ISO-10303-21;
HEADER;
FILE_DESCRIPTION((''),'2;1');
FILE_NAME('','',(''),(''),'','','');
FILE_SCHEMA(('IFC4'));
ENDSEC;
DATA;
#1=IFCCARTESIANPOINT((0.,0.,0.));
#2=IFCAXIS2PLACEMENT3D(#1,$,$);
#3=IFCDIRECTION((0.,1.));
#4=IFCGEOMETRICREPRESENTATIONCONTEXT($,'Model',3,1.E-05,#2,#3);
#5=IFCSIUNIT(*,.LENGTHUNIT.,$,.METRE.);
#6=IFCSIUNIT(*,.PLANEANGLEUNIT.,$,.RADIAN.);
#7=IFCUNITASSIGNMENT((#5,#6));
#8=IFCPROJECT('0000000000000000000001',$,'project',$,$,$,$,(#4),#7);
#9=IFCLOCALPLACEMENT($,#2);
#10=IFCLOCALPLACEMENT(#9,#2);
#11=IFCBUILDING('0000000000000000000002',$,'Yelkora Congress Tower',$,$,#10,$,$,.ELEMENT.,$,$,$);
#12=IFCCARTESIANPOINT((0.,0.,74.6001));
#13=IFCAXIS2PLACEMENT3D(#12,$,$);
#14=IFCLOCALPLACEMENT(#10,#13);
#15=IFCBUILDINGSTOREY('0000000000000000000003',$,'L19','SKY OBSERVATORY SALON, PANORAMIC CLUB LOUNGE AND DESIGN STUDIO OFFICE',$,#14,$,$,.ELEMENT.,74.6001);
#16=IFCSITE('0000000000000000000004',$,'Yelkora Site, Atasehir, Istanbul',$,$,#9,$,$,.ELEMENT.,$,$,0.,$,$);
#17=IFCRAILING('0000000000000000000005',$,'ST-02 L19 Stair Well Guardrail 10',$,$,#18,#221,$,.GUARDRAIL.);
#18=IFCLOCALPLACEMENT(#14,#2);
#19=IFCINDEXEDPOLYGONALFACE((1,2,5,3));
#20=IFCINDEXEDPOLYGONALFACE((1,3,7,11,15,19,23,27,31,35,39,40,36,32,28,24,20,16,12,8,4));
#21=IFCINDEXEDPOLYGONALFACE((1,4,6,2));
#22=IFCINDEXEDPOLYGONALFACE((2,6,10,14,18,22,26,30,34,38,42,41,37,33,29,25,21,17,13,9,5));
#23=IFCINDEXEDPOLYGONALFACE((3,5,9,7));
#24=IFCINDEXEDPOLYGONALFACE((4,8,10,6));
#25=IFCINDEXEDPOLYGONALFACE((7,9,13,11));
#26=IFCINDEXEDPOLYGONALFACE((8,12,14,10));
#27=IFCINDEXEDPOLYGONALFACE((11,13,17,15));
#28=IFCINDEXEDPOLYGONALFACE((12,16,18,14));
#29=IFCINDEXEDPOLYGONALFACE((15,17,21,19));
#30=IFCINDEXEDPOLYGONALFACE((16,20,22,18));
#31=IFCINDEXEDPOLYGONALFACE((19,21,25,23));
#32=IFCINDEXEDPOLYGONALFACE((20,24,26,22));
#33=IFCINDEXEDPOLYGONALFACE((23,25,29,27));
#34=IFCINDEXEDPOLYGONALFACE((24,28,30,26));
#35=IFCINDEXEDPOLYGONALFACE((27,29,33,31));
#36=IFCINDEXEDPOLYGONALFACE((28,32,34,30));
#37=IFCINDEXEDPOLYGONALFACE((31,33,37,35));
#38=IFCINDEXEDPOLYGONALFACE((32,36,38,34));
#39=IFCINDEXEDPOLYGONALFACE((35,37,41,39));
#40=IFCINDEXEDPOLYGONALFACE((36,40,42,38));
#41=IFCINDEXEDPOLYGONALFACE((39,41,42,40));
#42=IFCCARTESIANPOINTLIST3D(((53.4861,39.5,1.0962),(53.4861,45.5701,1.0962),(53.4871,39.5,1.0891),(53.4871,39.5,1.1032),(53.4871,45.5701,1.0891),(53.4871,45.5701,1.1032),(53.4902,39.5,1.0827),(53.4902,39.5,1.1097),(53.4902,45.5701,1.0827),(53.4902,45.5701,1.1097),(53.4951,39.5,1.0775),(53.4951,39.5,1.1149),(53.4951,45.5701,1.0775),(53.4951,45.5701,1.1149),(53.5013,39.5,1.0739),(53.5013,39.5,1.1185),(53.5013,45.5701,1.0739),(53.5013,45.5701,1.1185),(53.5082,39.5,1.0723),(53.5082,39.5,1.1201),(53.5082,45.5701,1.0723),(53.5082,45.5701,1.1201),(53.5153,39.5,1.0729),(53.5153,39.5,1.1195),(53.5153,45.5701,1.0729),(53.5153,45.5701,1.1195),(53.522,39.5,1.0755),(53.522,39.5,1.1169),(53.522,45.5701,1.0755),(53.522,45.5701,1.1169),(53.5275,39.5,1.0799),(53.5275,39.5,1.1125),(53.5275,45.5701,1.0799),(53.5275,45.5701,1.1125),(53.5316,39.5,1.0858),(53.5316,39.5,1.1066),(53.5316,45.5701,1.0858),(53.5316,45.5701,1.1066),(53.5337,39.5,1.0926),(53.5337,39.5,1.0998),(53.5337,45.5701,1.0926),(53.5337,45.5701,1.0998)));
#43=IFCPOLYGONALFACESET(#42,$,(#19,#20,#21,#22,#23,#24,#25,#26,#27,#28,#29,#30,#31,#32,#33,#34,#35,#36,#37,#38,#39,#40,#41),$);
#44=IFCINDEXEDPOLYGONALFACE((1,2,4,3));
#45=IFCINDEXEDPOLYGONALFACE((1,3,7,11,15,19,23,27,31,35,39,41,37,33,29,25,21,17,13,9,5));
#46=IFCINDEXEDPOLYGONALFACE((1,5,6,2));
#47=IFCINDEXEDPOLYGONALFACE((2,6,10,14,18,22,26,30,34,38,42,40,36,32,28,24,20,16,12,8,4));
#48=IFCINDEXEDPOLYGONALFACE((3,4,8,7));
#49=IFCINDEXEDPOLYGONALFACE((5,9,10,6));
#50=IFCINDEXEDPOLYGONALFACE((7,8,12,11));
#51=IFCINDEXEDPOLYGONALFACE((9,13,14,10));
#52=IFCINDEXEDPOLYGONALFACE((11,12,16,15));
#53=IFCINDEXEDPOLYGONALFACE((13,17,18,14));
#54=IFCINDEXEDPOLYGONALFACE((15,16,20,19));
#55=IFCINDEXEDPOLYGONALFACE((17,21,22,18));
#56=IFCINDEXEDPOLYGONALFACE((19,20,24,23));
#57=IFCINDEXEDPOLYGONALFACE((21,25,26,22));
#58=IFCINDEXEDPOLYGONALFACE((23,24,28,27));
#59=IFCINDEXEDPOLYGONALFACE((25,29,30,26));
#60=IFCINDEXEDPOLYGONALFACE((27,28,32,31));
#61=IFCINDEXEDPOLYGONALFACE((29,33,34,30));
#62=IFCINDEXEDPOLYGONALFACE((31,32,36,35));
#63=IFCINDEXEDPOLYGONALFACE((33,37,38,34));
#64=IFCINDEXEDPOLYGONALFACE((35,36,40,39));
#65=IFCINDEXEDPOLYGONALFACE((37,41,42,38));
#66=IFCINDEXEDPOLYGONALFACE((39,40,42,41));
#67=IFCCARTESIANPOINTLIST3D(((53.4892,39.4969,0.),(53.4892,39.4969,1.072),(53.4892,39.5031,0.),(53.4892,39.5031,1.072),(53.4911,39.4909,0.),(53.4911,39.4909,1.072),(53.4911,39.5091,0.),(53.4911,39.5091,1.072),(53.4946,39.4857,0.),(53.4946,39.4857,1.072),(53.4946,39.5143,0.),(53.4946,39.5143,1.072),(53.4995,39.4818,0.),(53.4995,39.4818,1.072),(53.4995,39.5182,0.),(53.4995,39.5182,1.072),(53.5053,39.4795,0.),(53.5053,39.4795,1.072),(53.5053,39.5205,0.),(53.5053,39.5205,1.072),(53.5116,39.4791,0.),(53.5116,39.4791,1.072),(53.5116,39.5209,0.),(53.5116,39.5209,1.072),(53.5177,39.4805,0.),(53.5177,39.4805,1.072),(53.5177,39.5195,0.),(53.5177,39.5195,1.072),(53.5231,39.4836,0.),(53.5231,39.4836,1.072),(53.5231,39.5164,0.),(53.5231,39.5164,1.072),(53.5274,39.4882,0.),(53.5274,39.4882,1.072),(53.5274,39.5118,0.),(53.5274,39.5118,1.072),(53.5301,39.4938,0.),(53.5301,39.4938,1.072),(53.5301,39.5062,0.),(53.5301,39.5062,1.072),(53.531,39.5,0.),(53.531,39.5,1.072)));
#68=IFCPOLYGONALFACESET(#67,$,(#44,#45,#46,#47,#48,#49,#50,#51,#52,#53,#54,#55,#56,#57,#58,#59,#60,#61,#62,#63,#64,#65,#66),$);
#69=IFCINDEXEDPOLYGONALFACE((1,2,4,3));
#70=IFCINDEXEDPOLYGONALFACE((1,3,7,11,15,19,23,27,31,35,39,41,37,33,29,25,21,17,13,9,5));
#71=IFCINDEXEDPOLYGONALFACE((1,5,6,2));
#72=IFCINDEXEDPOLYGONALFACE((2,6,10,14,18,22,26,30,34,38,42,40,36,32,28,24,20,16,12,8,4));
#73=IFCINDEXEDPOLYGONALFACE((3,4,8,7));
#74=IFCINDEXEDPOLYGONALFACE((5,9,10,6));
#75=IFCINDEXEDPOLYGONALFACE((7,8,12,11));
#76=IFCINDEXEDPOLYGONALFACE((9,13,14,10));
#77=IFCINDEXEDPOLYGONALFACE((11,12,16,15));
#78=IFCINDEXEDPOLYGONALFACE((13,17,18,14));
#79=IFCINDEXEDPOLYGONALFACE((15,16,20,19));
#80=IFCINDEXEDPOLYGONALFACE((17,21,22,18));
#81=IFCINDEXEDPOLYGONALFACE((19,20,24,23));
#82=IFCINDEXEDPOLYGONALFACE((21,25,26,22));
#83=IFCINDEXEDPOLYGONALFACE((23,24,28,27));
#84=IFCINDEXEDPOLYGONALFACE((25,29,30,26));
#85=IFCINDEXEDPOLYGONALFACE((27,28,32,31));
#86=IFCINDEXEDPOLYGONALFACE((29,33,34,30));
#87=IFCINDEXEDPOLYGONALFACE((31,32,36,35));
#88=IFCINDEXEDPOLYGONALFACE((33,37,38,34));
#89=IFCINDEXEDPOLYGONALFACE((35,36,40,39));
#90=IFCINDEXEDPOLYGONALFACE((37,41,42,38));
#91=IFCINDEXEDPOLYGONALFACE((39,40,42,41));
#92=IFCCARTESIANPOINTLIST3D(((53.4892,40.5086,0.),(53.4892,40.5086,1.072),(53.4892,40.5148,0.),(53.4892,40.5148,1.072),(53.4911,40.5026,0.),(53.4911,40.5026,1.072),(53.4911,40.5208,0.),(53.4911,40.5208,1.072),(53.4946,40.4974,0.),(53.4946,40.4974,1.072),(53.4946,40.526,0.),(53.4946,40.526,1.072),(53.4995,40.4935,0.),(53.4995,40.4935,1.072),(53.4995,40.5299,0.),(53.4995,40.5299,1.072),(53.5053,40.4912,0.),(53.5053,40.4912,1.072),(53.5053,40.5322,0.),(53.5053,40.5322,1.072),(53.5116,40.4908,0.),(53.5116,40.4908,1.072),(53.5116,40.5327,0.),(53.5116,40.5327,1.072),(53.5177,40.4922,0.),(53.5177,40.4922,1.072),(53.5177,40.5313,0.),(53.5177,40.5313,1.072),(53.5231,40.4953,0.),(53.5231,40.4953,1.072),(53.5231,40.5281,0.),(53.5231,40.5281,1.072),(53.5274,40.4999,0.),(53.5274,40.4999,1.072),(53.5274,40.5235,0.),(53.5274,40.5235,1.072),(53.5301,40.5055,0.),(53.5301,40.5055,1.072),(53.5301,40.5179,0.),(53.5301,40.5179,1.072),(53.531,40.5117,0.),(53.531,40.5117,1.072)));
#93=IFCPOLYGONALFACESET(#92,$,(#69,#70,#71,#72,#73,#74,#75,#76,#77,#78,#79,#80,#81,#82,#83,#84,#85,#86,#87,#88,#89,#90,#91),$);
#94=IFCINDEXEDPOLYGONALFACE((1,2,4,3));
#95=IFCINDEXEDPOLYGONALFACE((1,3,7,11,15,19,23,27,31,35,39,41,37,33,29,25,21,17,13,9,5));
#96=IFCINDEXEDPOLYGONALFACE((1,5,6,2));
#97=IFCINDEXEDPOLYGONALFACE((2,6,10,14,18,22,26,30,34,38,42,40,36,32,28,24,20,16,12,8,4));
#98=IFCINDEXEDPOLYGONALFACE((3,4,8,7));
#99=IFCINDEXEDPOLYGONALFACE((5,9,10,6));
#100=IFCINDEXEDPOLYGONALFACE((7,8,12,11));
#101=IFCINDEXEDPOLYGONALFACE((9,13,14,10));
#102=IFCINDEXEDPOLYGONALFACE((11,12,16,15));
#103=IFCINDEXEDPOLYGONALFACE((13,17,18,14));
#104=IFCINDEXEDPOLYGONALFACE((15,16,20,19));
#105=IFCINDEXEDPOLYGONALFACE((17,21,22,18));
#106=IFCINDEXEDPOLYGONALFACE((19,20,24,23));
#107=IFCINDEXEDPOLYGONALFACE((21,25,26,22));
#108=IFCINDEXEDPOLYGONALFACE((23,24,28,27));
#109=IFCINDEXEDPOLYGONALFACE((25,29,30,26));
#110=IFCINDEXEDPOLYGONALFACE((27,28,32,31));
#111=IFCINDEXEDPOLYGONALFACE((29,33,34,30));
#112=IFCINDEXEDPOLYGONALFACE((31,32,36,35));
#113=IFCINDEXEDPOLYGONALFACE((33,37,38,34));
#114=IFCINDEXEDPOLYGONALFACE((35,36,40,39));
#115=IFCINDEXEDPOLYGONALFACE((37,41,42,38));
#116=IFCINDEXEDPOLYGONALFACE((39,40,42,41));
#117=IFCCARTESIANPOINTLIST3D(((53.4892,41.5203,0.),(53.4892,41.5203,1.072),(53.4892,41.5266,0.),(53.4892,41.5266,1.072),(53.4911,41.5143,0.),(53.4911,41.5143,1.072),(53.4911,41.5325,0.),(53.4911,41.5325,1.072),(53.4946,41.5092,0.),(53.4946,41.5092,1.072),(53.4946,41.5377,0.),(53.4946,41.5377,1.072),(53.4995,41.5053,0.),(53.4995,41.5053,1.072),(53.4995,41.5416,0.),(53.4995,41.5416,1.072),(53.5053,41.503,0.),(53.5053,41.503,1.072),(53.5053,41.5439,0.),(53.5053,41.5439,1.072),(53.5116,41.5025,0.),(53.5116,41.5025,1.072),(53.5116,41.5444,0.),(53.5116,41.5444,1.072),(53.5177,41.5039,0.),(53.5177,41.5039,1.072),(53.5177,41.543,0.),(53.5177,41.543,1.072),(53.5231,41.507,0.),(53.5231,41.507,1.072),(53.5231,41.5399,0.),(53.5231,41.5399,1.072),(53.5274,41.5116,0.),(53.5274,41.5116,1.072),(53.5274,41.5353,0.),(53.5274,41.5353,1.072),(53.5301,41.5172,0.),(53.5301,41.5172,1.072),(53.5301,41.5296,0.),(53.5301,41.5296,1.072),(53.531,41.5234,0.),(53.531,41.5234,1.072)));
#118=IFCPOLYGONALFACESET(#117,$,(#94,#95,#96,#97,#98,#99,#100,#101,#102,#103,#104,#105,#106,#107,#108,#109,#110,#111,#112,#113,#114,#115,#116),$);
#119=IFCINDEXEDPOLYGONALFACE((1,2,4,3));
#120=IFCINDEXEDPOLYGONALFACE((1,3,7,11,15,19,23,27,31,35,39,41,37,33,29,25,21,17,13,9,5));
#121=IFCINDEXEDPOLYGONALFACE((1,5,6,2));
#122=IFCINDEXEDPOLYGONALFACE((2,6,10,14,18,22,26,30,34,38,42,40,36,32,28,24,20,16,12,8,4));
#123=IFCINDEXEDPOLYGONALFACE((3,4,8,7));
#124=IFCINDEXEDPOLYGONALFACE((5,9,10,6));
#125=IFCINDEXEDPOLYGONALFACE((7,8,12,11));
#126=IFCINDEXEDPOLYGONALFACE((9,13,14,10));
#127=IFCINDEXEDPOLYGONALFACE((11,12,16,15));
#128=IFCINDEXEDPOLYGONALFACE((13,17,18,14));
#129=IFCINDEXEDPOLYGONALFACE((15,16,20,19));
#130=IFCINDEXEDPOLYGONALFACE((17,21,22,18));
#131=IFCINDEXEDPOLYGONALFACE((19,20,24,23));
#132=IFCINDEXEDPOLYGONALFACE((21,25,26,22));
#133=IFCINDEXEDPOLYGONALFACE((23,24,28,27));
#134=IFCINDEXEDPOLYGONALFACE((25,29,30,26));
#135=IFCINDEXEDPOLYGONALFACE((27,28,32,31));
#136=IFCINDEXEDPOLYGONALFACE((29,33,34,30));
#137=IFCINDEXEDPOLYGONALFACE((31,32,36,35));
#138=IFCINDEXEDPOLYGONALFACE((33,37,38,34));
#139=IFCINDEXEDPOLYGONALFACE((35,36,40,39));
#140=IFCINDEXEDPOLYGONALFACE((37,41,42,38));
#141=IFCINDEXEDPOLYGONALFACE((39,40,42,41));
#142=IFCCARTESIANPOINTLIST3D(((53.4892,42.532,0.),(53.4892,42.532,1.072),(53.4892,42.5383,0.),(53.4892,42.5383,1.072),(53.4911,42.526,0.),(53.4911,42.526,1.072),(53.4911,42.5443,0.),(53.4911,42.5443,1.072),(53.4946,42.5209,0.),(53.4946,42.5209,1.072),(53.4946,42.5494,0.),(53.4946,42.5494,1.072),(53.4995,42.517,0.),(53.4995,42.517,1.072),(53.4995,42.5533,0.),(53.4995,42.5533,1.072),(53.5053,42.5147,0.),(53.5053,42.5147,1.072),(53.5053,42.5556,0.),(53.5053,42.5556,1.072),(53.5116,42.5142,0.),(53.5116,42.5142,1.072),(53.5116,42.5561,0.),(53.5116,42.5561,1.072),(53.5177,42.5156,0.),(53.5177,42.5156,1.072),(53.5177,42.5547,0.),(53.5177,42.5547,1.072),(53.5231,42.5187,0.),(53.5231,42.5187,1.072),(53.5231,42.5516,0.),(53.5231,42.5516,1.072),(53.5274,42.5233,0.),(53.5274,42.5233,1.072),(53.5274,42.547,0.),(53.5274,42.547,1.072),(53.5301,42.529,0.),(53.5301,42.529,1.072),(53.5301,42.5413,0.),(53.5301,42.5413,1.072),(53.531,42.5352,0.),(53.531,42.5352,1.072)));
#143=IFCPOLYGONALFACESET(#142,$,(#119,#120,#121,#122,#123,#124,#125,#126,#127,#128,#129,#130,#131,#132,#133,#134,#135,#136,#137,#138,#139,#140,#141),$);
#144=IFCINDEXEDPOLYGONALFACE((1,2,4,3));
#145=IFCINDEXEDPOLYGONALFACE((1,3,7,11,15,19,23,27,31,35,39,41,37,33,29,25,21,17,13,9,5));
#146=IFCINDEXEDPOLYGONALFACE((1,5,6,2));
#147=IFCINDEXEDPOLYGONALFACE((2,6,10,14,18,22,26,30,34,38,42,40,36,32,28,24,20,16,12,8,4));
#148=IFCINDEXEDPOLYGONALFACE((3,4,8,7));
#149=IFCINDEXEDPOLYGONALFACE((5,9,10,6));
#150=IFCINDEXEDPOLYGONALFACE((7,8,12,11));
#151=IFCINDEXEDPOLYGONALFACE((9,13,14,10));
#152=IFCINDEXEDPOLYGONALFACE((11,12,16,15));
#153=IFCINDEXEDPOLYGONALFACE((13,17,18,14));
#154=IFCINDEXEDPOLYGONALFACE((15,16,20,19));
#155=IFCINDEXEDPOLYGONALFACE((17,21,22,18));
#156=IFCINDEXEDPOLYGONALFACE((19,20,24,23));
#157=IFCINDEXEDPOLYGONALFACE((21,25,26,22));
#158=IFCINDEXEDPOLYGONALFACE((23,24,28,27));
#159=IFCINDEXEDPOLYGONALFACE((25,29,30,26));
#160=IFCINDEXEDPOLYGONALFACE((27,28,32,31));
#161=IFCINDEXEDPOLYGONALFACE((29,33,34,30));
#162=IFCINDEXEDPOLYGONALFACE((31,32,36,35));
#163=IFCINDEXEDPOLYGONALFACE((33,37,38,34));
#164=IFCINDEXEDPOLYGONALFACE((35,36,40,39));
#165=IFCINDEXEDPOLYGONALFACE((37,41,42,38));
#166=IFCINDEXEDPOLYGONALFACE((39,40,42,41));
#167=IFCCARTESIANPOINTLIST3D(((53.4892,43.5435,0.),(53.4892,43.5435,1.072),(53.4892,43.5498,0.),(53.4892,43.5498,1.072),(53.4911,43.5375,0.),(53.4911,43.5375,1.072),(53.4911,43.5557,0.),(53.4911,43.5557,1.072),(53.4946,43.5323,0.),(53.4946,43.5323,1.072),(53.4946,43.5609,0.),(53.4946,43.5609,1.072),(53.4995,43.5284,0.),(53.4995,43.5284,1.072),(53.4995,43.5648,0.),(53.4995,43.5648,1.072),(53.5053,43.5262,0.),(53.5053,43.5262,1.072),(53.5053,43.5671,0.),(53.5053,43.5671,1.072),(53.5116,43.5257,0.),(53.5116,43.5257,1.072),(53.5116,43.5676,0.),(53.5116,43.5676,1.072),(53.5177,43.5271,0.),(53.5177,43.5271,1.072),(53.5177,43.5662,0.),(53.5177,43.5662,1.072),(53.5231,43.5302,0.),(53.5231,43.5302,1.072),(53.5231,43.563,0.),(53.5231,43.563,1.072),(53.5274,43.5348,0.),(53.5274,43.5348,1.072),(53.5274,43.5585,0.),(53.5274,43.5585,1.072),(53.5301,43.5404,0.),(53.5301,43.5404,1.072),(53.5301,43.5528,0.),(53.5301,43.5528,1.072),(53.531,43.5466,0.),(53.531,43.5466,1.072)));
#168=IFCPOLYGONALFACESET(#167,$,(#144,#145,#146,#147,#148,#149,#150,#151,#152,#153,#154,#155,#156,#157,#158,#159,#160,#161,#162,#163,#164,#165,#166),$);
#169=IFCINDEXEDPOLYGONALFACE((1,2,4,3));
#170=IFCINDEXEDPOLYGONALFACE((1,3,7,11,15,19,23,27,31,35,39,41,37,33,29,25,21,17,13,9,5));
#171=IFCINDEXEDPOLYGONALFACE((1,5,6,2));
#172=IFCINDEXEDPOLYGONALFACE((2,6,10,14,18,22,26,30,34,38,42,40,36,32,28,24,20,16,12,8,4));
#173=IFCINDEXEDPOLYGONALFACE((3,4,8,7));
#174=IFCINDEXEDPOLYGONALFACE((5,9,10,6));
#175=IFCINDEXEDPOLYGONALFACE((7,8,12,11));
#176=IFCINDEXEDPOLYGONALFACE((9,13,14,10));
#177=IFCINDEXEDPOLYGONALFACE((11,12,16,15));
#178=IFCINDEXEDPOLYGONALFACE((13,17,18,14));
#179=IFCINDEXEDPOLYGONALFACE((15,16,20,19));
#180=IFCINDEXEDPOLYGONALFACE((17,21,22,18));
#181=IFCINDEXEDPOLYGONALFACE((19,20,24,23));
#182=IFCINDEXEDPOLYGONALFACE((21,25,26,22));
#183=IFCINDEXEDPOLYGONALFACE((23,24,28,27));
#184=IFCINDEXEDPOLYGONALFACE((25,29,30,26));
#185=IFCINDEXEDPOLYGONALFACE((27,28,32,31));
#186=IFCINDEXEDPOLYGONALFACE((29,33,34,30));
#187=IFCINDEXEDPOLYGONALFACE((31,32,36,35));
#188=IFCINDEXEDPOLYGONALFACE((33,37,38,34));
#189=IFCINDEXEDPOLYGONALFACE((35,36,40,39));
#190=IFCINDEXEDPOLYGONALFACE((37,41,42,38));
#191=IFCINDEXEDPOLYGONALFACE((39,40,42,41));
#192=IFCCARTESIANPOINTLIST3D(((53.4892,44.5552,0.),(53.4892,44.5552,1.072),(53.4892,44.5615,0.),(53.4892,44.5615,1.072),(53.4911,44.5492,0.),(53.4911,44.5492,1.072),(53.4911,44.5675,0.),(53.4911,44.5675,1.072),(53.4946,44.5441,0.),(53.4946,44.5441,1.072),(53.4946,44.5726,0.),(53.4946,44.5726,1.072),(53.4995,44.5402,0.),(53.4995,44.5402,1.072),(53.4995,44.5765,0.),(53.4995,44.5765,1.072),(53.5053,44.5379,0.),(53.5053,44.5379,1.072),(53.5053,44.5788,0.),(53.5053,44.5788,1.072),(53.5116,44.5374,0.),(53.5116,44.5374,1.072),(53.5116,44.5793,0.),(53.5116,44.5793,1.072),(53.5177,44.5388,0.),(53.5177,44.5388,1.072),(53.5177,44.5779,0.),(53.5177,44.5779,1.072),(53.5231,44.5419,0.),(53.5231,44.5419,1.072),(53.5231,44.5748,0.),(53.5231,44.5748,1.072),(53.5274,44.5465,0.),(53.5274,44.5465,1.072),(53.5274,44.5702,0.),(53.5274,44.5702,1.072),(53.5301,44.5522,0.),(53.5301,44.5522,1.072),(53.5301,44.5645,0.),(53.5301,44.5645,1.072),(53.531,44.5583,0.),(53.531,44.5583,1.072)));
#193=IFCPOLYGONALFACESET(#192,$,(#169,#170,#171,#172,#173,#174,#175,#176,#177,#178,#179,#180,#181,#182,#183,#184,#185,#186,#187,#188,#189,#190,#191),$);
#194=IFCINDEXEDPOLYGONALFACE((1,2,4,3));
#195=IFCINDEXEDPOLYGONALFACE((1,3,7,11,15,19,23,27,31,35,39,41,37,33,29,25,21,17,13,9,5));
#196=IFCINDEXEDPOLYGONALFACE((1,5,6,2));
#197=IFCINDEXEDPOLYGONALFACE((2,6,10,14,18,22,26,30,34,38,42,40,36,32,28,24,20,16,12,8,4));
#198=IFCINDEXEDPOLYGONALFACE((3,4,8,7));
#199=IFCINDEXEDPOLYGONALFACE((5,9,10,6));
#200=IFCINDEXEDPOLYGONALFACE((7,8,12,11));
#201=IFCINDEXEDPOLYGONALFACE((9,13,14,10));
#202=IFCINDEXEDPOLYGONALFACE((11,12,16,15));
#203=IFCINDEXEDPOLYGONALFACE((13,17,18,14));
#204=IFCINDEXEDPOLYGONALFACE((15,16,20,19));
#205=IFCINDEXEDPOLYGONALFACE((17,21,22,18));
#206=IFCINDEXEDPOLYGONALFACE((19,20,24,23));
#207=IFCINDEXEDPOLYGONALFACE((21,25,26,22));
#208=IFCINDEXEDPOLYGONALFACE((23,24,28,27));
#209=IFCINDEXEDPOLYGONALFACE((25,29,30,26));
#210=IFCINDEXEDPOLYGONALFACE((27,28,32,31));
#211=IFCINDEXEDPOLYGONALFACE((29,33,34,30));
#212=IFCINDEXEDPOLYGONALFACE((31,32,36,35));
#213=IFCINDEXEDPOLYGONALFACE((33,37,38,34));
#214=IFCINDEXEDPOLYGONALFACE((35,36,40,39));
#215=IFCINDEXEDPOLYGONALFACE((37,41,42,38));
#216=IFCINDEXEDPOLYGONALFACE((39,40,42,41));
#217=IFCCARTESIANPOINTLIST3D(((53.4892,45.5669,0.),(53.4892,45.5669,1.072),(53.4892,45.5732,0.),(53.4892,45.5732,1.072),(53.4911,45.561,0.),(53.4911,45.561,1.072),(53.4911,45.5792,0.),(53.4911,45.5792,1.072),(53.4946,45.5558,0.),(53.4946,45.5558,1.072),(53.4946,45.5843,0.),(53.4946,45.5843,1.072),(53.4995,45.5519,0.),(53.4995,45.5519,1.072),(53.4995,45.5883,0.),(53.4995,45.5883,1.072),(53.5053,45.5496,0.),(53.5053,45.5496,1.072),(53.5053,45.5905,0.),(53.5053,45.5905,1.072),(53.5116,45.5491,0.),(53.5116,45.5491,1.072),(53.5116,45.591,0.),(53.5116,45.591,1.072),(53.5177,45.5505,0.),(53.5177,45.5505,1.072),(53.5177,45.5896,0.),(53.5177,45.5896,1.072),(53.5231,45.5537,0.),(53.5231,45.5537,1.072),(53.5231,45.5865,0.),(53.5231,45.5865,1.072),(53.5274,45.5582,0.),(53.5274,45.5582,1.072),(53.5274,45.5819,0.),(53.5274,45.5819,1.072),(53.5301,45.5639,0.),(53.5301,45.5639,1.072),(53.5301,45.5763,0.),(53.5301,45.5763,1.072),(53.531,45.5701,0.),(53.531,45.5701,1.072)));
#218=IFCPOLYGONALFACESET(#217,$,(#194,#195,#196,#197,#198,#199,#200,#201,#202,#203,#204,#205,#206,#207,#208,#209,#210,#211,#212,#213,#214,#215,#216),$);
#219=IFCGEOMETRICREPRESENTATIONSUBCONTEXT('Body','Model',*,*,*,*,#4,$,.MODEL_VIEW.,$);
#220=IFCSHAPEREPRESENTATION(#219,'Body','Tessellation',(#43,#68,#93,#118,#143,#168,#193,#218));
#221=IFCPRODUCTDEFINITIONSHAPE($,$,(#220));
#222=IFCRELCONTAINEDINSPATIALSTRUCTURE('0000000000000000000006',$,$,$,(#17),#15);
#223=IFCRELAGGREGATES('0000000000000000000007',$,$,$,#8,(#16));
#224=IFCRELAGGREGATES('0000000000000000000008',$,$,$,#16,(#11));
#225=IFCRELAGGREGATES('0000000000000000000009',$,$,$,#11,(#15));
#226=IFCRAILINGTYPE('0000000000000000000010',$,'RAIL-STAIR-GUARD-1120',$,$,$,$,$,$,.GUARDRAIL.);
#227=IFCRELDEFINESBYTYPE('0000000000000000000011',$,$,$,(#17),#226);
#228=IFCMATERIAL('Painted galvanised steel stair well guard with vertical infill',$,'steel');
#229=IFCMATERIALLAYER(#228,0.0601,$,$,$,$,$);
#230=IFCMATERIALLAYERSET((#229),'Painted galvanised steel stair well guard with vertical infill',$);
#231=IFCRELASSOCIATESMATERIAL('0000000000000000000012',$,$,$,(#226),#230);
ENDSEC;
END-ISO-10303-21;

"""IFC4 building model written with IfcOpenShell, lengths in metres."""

from ifc_helpers import new_model, si_unit, direction, frame, origin, origin_2d, place, context, subcontext, project, spatial, circle, extrude, material, layer, layer_set, type_object, element, save


model = new_model("IFC4")

# Units and contexts
model_context = context("Model", 3, precision=1e-05, world=origin(), true_north=direction((0.0, 1.0)))
body_context = subcontext(model_context, "Body", "Model", "MODEL_VIEW")
ifc_project = project(units=[si_unit("LENGTHUNIT", "METRE"), si_unit("PLANEANGLEUNIT", "RADIAN")], contexts=[model_context])

# Site, building, storey
site_placement = place(None, origin())
site = spatial("IfcSite", under=ifc_project, at=site_placement, Name="Yelkora Site, Atasehir, Istanbul", CompositionType="ELEMENT", RefElevation=0.0)
building_placement = place(site_placement, origin())
building = spatial("IfcBuilding", under=site, at=building_placement, Name="Yelkora Congress Tower", CompositionType="ELEMENT")
storey_placement = place(building_placement, frame((0.0, 0.0, 74.6001)))
storey = spatial("IfcBuildingStorey", under=building, at=storey_placement, Name="L19", Description="SKY OBSERVATORY SALON, PANORAMIC CLUB LOUNGE AND DESIGN STUDIO OFFICE", CompositionType="ELEMENT", Elevation=74.6001)

# Railing
ifc_material_1 = material(Name="Painted galvanised steel stair well guard with vertical infill", Category="steel")
ifc_layer_1 = layer(ifc_material_1, 0.0601)
ifc_layer_set_1 = layer_set([ifc_layer_1], Name="Painted galvanised steel stair well guard with vertical infill")
railing_type_1 = type_object("IfcRailingType", Name="RAIL-STAIR-GUARD-1120", PredefinedType="GUARDRAIL", material=ifc_layer_set_1)
railing_1_placement = place(storey_placement, frame((53.51, 39.5, 0.0)))
element("IfcRailing", 1, at=railing_1_placement, inside=storey, type_object=railing_type_1, Name="ST-02 L19 Stair Well Guardrail 10", PredefinedType="GUARDRAIL", context=body_context, shape_type="SweptSolid", body=[
    extrude(circle(Radius=0.0239, at=origin_2d()), frame((0.0, 0.0, 1.0962), z_axis=(0.0, 1.0, 0.0), x_axis=(-1.0, 0.0, 0.0)), (0.0, 0.0, 1.0), 6.0701),
    extrude(circle(Radius=0.021, at=origin_2d()), origin(), (0.0, 0.0, 1.0), 1.072),
    extrude(circle(Radius=0.021, at=origin_2d()), frame((0.0, 1.0117, 0.0)), (0.0, 0.0, 1.0), 1.072),
    extrude(circle(Radius=0.021, at=origin_2d()), frame((0.0, 2.0234, 0.0)), (0.0, 0.0, 1.0), 1.072),
    extrude(circle(Radius=0.021, at=origin_2d()), frame((0.0, 3.0352, 0.0)), (0.0, 0.0, 1.0), 1.072),
    extrude(circle(Radius=0.021, at=origin_2d()), frame((0.0, 4.0466, 0.0)), (0.0, 0.0, 1.0), 1.072),
    extrude(circle(Radius=0.021, at=origin_2d()), frame((0.0, 5.0583, 0.0)), (0.0, 0.0, 1.0), 1.072),
    extrude(circle(Radius=0.021, at=origin_2d()), frame((0.0, 6.0701, 0.0)), (0.0, 0.0, 1.0), 1.072),
])

save(model, "model.ifc")
